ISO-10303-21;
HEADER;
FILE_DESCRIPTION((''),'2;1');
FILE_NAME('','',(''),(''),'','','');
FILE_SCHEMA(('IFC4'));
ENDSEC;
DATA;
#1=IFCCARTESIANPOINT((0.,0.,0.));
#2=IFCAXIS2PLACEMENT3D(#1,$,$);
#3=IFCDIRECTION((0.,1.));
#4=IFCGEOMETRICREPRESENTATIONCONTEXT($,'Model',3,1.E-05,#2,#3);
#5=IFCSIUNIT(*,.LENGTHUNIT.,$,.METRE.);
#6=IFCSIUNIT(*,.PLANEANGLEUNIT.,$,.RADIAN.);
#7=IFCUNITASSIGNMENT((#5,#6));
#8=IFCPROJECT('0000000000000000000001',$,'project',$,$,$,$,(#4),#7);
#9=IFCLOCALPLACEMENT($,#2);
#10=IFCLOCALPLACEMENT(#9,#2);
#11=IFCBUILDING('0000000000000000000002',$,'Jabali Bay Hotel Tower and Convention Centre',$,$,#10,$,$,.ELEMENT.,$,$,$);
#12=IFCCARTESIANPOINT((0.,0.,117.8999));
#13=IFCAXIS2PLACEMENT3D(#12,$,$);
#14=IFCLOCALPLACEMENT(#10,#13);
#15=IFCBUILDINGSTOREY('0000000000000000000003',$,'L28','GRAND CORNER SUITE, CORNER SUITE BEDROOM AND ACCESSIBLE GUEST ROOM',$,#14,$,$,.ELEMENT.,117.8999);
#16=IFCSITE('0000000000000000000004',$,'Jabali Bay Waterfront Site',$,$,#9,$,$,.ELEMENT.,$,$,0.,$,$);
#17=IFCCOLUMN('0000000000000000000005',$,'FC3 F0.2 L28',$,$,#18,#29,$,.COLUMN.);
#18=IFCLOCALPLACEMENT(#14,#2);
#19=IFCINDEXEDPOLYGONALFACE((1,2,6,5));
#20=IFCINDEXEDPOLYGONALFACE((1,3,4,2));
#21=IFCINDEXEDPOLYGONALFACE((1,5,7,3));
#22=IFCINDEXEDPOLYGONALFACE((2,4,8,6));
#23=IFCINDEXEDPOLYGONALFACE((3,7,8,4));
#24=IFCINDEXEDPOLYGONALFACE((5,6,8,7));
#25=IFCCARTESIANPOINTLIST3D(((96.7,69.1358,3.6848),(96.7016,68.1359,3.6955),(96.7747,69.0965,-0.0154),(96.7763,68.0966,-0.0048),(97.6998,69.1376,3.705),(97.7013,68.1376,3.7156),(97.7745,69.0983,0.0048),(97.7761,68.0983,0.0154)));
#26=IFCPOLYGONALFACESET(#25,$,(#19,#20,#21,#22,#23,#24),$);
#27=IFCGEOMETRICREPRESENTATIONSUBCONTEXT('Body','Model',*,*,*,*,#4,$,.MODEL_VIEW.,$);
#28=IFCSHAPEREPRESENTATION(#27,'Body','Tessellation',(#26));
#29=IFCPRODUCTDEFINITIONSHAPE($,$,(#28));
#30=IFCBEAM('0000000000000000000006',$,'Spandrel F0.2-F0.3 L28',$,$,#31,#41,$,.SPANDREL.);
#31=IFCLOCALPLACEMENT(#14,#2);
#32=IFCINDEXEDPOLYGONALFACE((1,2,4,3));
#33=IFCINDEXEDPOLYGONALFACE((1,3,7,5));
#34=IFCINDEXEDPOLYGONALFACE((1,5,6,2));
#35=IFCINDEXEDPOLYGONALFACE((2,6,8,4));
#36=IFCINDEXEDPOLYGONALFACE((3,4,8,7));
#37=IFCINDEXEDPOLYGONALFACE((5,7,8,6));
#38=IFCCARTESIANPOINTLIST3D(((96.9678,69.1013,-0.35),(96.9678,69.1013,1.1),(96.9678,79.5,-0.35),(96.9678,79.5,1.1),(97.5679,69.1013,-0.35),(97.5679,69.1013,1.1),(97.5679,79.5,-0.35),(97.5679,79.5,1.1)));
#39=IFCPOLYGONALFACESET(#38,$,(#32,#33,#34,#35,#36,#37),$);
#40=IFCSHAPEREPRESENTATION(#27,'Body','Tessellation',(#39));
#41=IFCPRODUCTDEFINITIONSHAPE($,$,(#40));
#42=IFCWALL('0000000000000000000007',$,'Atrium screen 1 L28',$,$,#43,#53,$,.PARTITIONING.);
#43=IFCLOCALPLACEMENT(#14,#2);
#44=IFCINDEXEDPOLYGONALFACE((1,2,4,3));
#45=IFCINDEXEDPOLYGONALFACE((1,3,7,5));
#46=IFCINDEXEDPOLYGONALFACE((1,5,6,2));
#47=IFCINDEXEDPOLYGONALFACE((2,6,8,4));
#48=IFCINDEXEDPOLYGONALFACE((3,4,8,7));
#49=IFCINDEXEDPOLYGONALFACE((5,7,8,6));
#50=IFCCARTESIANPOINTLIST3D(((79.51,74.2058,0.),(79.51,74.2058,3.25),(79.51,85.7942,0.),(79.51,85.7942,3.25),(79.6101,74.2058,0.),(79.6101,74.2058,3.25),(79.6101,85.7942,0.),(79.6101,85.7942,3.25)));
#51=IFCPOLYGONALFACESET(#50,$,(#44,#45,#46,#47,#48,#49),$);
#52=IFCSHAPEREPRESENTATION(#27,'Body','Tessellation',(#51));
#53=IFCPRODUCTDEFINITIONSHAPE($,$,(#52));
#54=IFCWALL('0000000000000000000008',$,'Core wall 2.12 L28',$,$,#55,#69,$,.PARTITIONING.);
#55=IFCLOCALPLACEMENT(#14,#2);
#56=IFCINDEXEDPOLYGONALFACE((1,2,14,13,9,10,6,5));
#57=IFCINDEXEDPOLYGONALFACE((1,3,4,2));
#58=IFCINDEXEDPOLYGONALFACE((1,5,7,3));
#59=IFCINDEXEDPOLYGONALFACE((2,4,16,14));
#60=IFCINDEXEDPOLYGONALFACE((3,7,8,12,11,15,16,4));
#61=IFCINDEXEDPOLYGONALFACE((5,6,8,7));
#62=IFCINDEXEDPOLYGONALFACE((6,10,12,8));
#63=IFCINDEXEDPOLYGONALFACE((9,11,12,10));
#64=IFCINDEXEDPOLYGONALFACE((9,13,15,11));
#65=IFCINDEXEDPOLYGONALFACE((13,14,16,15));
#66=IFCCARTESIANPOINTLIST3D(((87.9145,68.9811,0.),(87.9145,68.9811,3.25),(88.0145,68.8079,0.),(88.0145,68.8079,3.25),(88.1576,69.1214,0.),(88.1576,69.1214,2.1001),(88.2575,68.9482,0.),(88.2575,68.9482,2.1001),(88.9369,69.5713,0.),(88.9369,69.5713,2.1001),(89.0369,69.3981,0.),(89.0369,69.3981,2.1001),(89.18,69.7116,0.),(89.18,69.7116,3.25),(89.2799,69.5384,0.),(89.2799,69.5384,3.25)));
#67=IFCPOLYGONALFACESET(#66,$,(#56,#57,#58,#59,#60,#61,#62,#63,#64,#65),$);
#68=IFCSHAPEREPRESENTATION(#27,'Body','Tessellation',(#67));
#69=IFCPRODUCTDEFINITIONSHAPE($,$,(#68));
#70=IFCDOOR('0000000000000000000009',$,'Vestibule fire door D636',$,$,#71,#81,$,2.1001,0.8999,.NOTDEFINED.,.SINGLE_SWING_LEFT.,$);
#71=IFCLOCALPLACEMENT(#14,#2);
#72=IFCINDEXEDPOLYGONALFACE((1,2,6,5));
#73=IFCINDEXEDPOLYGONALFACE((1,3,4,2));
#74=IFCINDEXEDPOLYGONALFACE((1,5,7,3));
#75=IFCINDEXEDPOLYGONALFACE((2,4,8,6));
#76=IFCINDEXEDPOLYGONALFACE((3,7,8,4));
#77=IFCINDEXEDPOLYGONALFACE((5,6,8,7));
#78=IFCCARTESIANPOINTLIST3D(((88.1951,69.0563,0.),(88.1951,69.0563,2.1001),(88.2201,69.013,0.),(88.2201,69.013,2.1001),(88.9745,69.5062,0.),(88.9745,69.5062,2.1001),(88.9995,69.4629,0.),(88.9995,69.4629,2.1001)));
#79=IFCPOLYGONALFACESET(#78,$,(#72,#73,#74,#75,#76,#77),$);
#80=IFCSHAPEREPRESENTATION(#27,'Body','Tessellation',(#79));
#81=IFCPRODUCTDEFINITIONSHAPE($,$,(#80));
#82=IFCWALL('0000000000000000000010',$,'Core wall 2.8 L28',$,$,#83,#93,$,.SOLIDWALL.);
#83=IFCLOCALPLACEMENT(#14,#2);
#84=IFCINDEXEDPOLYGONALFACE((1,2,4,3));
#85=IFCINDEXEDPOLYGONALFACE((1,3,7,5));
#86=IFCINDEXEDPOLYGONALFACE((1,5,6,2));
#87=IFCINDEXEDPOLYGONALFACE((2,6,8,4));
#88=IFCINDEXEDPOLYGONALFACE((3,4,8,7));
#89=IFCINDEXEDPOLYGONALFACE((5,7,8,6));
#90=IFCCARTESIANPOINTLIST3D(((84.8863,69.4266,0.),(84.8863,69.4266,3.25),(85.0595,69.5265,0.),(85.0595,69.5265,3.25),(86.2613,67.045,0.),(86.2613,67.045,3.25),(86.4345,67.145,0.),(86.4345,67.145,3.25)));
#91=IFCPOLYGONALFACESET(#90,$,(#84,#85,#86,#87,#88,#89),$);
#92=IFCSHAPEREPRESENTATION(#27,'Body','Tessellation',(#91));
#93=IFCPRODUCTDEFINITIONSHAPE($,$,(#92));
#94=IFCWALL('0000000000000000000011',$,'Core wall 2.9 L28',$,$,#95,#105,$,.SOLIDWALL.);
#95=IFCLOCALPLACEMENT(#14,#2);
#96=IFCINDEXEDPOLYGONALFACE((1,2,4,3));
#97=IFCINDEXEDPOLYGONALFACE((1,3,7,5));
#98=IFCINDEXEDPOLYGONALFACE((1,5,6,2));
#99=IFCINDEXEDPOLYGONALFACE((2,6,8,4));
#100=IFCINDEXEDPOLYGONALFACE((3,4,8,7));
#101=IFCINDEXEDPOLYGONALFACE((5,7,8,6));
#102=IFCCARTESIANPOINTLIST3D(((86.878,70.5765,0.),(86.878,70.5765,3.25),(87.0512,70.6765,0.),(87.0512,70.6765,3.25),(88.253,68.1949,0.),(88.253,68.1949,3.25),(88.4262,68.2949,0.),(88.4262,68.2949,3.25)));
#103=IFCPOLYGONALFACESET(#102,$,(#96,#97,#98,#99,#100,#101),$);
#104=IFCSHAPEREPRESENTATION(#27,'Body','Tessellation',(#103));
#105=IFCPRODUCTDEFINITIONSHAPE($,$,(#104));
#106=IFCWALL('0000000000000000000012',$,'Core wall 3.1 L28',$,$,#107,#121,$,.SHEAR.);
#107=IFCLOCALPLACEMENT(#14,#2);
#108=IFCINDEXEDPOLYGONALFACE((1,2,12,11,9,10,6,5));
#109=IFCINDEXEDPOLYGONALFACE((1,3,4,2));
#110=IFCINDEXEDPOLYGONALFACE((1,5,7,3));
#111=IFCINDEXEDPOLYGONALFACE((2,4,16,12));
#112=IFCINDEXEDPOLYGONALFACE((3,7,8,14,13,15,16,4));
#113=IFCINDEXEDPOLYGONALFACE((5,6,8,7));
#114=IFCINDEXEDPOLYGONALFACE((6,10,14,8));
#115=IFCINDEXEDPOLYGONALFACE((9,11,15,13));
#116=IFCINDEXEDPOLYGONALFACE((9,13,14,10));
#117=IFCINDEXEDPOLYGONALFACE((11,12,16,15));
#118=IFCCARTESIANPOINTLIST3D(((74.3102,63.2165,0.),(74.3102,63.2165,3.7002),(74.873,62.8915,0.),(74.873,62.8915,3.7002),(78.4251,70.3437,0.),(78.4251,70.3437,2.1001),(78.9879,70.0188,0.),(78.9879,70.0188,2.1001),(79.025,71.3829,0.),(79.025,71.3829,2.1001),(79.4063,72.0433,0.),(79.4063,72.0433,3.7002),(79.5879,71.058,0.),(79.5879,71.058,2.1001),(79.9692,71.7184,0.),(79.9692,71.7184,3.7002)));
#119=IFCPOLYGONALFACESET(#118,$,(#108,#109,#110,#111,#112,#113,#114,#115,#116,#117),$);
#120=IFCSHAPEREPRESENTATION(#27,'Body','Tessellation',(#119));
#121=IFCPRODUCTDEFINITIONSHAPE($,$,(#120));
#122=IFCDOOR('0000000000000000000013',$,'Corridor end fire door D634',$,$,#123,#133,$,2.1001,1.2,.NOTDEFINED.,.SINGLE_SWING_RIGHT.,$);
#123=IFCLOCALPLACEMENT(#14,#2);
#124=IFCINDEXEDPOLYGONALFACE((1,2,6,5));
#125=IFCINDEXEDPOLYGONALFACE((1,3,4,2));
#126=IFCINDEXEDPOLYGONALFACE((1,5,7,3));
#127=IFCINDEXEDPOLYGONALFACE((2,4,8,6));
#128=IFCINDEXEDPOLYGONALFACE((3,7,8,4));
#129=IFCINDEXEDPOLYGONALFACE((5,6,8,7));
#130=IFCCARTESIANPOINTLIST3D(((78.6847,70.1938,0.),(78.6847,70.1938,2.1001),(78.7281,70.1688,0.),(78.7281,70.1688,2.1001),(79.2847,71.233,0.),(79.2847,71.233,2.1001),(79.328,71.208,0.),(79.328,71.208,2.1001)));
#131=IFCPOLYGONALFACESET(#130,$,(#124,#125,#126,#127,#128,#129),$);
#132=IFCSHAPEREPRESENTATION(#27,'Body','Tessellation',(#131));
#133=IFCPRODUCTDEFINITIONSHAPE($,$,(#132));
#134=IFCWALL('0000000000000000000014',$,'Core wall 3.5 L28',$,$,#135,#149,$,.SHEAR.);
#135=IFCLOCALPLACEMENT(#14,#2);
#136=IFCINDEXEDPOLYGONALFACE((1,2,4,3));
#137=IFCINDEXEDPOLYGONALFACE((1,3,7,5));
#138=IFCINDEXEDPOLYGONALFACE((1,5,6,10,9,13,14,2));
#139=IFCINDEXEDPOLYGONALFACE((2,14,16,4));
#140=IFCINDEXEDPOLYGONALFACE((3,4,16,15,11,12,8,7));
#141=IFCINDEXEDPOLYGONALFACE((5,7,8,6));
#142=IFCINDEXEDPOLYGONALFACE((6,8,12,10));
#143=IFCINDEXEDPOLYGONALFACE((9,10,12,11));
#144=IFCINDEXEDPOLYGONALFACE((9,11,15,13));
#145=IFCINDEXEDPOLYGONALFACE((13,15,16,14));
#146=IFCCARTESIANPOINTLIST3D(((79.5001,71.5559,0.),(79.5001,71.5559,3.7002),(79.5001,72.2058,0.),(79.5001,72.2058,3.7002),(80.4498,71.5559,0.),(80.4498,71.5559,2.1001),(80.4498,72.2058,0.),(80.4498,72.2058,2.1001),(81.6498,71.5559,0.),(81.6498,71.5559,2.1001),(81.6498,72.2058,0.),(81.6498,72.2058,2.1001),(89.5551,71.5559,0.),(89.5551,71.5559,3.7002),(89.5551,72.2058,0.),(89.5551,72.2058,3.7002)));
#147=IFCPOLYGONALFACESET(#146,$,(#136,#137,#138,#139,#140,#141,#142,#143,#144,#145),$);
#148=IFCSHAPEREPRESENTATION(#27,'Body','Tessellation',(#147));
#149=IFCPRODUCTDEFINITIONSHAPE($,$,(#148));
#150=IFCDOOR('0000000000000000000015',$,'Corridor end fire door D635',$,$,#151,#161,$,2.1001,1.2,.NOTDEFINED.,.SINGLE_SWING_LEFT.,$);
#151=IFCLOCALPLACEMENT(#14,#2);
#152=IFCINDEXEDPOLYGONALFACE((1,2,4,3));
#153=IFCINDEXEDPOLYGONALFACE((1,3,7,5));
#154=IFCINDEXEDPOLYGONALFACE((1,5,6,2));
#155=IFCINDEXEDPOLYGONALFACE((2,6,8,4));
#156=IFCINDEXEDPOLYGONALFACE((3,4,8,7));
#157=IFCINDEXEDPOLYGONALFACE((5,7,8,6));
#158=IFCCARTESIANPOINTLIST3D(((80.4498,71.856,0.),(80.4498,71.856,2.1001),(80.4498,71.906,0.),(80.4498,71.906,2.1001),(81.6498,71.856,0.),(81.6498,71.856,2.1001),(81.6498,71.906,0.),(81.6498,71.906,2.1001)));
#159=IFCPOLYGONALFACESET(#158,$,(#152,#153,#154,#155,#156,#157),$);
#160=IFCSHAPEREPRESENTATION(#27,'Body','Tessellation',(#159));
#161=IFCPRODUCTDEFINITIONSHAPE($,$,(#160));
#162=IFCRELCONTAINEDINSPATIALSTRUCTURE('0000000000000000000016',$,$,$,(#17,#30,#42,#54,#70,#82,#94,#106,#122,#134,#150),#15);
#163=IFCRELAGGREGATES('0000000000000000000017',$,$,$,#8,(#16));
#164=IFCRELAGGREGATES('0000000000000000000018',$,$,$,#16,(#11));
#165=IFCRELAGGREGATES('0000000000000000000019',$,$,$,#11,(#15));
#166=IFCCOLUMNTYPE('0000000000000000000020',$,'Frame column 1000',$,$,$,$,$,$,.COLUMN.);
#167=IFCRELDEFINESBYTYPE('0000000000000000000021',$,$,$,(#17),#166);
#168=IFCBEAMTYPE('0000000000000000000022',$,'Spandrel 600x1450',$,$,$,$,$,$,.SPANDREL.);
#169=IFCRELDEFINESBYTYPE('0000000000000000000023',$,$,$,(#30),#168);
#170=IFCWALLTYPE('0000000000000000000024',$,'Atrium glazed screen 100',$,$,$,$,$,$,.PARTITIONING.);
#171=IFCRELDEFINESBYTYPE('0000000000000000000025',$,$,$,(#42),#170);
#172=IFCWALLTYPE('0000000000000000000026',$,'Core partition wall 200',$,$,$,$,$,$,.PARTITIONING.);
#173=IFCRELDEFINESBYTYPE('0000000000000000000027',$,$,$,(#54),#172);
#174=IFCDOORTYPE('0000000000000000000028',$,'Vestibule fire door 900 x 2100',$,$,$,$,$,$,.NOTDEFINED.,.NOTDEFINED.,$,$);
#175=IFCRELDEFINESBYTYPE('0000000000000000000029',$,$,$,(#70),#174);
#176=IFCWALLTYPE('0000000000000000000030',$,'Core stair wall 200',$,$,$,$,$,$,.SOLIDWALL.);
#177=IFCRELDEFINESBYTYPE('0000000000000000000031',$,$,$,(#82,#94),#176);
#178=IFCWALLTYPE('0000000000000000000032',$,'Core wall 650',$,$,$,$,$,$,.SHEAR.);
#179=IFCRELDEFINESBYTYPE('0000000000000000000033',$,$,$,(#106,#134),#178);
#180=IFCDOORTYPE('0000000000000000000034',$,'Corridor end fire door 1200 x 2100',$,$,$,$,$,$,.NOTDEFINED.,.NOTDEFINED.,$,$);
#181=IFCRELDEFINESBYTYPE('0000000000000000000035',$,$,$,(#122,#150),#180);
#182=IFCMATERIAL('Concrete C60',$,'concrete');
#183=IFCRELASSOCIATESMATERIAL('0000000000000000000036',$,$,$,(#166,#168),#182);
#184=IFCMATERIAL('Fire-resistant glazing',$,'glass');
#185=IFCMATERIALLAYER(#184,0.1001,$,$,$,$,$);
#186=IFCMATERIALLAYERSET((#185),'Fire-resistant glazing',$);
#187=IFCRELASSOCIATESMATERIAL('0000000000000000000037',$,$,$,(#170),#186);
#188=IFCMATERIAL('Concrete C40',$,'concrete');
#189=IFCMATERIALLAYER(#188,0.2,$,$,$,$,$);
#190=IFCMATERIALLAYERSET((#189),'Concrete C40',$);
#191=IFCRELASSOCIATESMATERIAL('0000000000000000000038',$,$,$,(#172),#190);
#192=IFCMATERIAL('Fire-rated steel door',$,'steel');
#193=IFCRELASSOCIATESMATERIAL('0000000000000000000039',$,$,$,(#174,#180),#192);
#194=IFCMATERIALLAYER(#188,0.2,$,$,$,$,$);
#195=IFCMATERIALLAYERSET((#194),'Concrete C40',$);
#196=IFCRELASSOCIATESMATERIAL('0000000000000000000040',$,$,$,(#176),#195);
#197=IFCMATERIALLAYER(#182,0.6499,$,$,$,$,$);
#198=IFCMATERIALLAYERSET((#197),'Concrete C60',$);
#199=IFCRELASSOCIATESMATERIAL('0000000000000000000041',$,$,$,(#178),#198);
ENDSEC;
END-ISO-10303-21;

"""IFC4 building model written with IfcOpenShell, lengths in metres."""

from ifc_helpers import new_model, si_unit, direction, frame, frame_2d, origin, origin_2d, place, context, subcontext, project, spatial, rectangle, extrude, material, layer, layer_set, material_profile, profile_set, type_object, element, fill, save


model = new_model("IFC4")

# Units and contexts
model_context = context("Model", 3, precision=1e-05, world=origin(), true_north=direction((0.0, 1.0)))
body_context = subcontext(model_context, "Body", "Model", "MODEL_VIEW")
ifc_project = project(units=[si_unit("LENGTHUNIT", "METRE"), si_unit("PLANEANGLEUNIT", "RADIAN")], contexts=[model_context])

# Site, building, storey
site_placement = place(None, origin())
site = spatial("IfcSite", under=ifc_project, at=site_placement, Name="Jabali Bay Waterfront Site", CompositionType="ELEMENT", RefElevation=0.0)
building_placement = place(site_placement, origin())
building = spatial("IfcBuilding", under=site, at=building_placement, Name="Jabali Bay Hotel Tower and Convention Centre", CompositionType="ELEMENT")
storey_placement = place(building_placement, frame((0.0, 0.0, 117.8999)))
storey = spatial("IfcBuildingStorey", under=building, at=storey_placement, Name="L28", Description="GRAND CORNER SUITE, CORNER SUITE BEDROOM AND ACCESSIBLE GUEST ROOM", CompositionType="ELEMENT", Elevation=117.8999)

# Column
ifc_material_1 = material(Name="Concrete C60", Category="concrete")
ifc_material_profile_1 = material_profile(ifc_material_1, rectangle(XDim=1.0, YDim=1.0, at=origin_2d()), Name="Frame column 1000")
ifc_profile_set_1 = profile_set([ifc_material_profile_1], Name="Concrete C60")
column_type = type_object("IfcColumnType", Name="Frame column 1000", PredefinedType="COLUMN", material=ifc_profile_set_1)
column_placement = place(storey_placement, frame((97.2754, 68.5974, 0.0), z_axis=(-0.020185, 0.01062, 0.99974), x_axis=(0.001533, -0.999942, 0.010653)))
element("IfcColumn", 1, at=column_placement, inside=storey, type_object=column_type, Name="FC3 F0.2 L28", PredefinedType="COLUMN", context=body_context, shape_type="SweptSolid", body=[
    extrude(rectangle(XDim=1.0, YDim=1.0, at=origin_2d()), origin(), (0.0, 0.0, 1.0), 3.7012),
])

# Beam
ifc_material_profile_2 = material_profile(ifc_material_1, rectangle(XDim=0.6001, YDim=1.45, at=origin_2d()), Name="Spandrel 600x1450")
ifc_profile_set_2 = profile_set([ifc_material_profile_2], Name="Concrete C60")
beam_type = type_object("IfcBeamType", Name="Spandrel 600x1450", PredefinedType="SPANDREL", material=ifc_profile_set_2)
beam_placement = place(storey_placement, frame((97.2678, 69.1013, 0.375), z_axis=(0.0, 1.0, 0.0), x_axis=(-1.0, 0.0, 0.0)))
element("IfcBeam", 2, at=beam_placement, inside=storey, type_object=beam_type, Name="Spandrel F0.2-F0.3 L28", PredefinedType="SPANDREL", context=body_context, shape_type="SweptSolid", body=[
    extrude(rectangle(XDim=0.6001, YDim=1.45, at=origin_2d()), origin(), (0.0, 0.0, 1.0), 10.3987),
])

# Wall
ifc_material_2 = material(Name="Fire-resistant glazing", Category="glass")
ifc_layer_1 = layer(ifc_material_2, 0.1001)
ifc_layer_set_1 = layer_set([ifc_layer_1], Name="Fire-resistant glazing")
wall_type_1 = type_object("IfcWallType", Name="Atrium glazed screen 100", PredefinedType="PARTITIONING", material=ifc_layer_set_1)
wall_1_placement = place(storey_placement, frame((79.5601, 74.2058, 0.0), z_axis=(0.0, 0.0, 1.0), x_axis=(0.0, 1.0, 0.0)))
element("IfcWall", 3, at=wall_1_placement, inside=storey, type_object=wall_type_1, Name="Atrium screen 1 L28", PredefinedType="PARTITIONING", context=body_context, shape_type="SweptSolid", body=[
    extrude(rectangle(XDim=11.5884, YDim=0.1001, at=frame_2d((5.7942, 0.0))), origin(), (0.0, 0.0, 1.0), 3.25),
])

# Wall, opening, door
ifc_material_3 = material(Name="Concrete C40", Category="concrete")
ifc_layer_2 = layer(ifc_material_3, 0.2)
ifc_layer_set_2 = layer_set([ifc_layer_2], Name="Concrete C40")
wall_type_2 = type_object("IfcWallType", Name="Core partition wall 200", PredefinedType="PARTITIONING", material=ifc_layer_set_2)
wall_2_placement = place(storey_placement, frame((87.9646, 68.8945, 0.0), z_axis=(0.0, 0.0, 1.0), x_axis=(0.866055, 0.499949, 0.0)))
wall_2 = element("IfcWall", 4, at=wall_2_placement, inside=storey, type_object=wall_type_2, Name="Core wall 2.12 L28", PredefinedType="PARTITIONING", context=body_context, shape_type="SweptSolid", body=[
    extrude(rectangle(XDim=1.4612, YDim=0.2, at=frame_2d((0.7305, 0.0))), origin(), (0.0, 0.0, 1.0), 3.25),
])
opening_1_placement = place(wall_2_placement, frame((0.2805, 0.0, 0.0)))
opening_1 = element("IfcOpeningElement", 5, at=opening_1_placement, cuts=wall_2, PredefinedType="OPENING", context=body_context, shape_type="SweptSolid", body=[
    extrude(rectangle(XDim=0.8999, YDim=2.1001, at=frame_2d((0.45, 1.05))), frame((0.0, 0.1104, 0.0), z_axis=(0.0, -1.0, 0.0), x_axis=(1.0, 0.0, 0.0)), (0.0, 0.0, 1.0), 0.2209),
])
ifc_material_4 = material(Name="Fire-rated steel door", Category="steel")
door_type_1 = type_object("IfcDoorType", Name="Vestibule fire door 900 x 2100", OperationType="NOTDEFINED", PredefinedType="NOTDEFINED", material=ifc_material_4)
door_1_placement = place(opening_1_placement, origin())
door_1 = element("IfcDoor", 6, at=door_1_placement, inside=storey, type_object=door_type_1, Name="Vestibule fire door D636", OperationType="SINGLE_SWING_LEFT", OverallHeight=2.1001, OverallWidth=0.8999, PredefinedType="NOTDEFINED", context=body_context, shape_type="SweptSolid", body=[
    extrude(rectangle(XDim=0.8999, YDim=2.1001, at=frame_2d((0.45, 1.05))), frame((0.0, 0.0249, 0.0), z_axis=(0.0, -1.0, 0.0), x_axis=(1.0, 0.0, 0.0)), (0.0, 0.0, 1.0), 0.05),
])
fill(opening_1, door_1)

# Walls
ifc_layer_3 = layer(ifc_material_3, 0.2)
ifc_layer_set_3 = layer_set([ifc_layer_3], Name="Concrete C40")
wall_type_3 = type_object("IfcWallType", Name="Core stair wall 200", PredefinedType="SOLIDWALL", material=ifc_layer_set_3)
for number, where, z_axis, x_axis, name in (
    (7, (84.9729, 69.4766, 0.0), (0.0, 0.0, 1.0), (0.499997, -0.866027, 0.0), "Core wall 2.8 L28"),
    (8, (86.9646, 70.6265, 0.0), (0.0, 0.0, 1.0), (0.499997, -0.866027, 0.0), "Core wall 2.9 L28"),
):
    element("IfcWall", number, at=place(storey_placement, frame(where, z_axis=z_axis, x_axis=x_axis)), inside=storey, type_object=wall_type_3, Name=name, PredefinedType="SOLIDWALL", context=body_context, shape_type="SweptSolid", body=[
        extrude(rectangle(XDim=2.75, YDim=0.2, at=frame_2d((1.375, 0.0))), origin(), (0.0, 0.0, 1.0), 3.25),
    ])

# Walls, openings, doors
ifc_layer_4 = layer(ifc_material_1, 0.6499)
ifc_layer_set_4 = layer_set([ifc_layer_4], Name="Concrete C60")
wall_type_4 = type_object("IfcWallType", Name="Core wall 650", PredefinedType="SHEAR", material=ifc_layer_set_4)
wall_3_placement = place(storey_placement, frame((79.6877, 71.8809, 0.0), z_axis=(0.0, 0.0, 1.0), x_axis=(-0.499998, -0.866026, 0.0)))
wall_3 = element("IfcWall", 9, at=wall_3_placement, inside=storey, type_object=wall_type_4, Name="Core wall 3.1 L28", PredefinedType="SHEAR", context=body_context, shape_type="SweptSolid", body=[
    extrude(rectangle(XDim=10.1924, YDim=0.6499, at=frame_2d((5.0962, 0.0))), origin(), (0.0, 0.0, 1.0), 3.7002),
])
opening_2_placement = place(wall_3_placement, frame((0.7625, 0.0, 0.0)))
opening_2 = element("IfcOpeningElement", 10, at=opening_2_placement, cuts=wall_3, PredefinedType="OPENING", context=body_context, shape_type="SweptSolid", body=[
    extrude(rectangle(XDim=1.2, YDim=2.1001, at=frame_2d((0.6001, 1.05))), frame((0.0, 0.3354, 0.0), z_axis=(0.0, -1.0, 0.0), x_axis=(1.0, 0.0, 0.0)), (0.0, 0.0, 1.0), 0.6709),
])
door_type_2 = type_object("IfcDoorType", Name="Corridor end fire door 1200 x 2100", OperationType="NOTDEFINED", PredefinedType="NOTDEFINED", material=ifc_material_4)
door_2_placement = place(opening_2_placement, origin())
door_2 = element("IfcDoor", 11, at=door_2_placement, inside=storey, type_object=door_type_2, Name="Corridor end fire door D634", OperationType="SINGLE_SWING_RIGHT", OverallHeight=2.1001, OverallWidth=1.2, PredefinedType="NOTDEFINED", context=body_context, shape_type="SweptSolid", body=[
    extrude(rectangle(XDim=1.2, YDim=2.1001, at=frame_2d((0.6001, 1.05))), frame((0.0, 0.0249, 0.0), z_axis=(0.0, -1.0, 0.0), x_axis=(1.0, 0.0, 0.0)), (0.0, 0.0, 1.0), 0.05),
])
fill(opening_2, door_2)
wall_4_placement = place(storey_placement, frame((89.5549, 71.8809, 0.0), z_axis=(0.0, 0.0, 1.0), x_axis=(-1.0, 0.0, 0.0)))
wall_4 = element("IfcWall", 12, at=wall_4_placement, inside=storey, type_object=wall_type_4, Name="Core wall 3.5 L28", PredefinedType="SHEAR", context=body_context, shape_type="SweptSolid", body=[
    extrude(rectangle(XDim=10.0549, YDim=0.6499, at=frame_2d((5.0273, 0.0))), origin(), (0.0, 0.0, 1.0), 3.7002),
])
opening_3_placement = place(wall_4_placement, frame((7.905, 0.0, 0.0)))
opening_3 = element("IfcOpeningElement", 13, at=opening_3_placement, cuts=wall_4, PredefinedType="OPENING", context=body_context, shape_type="SweptSolid", body=[
    extrude(rectangle(XDim=1.2, YDim=2.1001, at=frame_2d((0.6001, 1.05))), frame((0.0, 0.3354, 0.0), z_axis=(0.0, -1.0, 0.0), x_axis=(1.0, 0.0, 0.0)), (0.0, 0.0, 1.0), 0.6709),
])
door_3_placement = place(opening_3_placement, origin())
door_3 = element("IfcDoor", 14, at=door_3_placement, inside=storey, type_object=door_type_2, Name="Corridor end fire door D635", OperationType="SINGLE_SWING_LEFT", OverallHeight=2.1001, OverallWidth=1.2, PredefinedType="NOTDEFINED", context=body_context, shape_type="SweptSolid", body=[
    extrude(rectangle(XDim=1.2, YDim=2.1001, at=frame_2d((0.6001, 1.05))), frame((0.0, 0.0249, 0.0), z_axis=(0.0, -1.0, 0.0), x_axis=(1.0, 0.0, 0.0)), (0.0, 0.0, 1.0), 0.05),
])
fill(opening_3, door_3)

save(model, "model.ifc")
